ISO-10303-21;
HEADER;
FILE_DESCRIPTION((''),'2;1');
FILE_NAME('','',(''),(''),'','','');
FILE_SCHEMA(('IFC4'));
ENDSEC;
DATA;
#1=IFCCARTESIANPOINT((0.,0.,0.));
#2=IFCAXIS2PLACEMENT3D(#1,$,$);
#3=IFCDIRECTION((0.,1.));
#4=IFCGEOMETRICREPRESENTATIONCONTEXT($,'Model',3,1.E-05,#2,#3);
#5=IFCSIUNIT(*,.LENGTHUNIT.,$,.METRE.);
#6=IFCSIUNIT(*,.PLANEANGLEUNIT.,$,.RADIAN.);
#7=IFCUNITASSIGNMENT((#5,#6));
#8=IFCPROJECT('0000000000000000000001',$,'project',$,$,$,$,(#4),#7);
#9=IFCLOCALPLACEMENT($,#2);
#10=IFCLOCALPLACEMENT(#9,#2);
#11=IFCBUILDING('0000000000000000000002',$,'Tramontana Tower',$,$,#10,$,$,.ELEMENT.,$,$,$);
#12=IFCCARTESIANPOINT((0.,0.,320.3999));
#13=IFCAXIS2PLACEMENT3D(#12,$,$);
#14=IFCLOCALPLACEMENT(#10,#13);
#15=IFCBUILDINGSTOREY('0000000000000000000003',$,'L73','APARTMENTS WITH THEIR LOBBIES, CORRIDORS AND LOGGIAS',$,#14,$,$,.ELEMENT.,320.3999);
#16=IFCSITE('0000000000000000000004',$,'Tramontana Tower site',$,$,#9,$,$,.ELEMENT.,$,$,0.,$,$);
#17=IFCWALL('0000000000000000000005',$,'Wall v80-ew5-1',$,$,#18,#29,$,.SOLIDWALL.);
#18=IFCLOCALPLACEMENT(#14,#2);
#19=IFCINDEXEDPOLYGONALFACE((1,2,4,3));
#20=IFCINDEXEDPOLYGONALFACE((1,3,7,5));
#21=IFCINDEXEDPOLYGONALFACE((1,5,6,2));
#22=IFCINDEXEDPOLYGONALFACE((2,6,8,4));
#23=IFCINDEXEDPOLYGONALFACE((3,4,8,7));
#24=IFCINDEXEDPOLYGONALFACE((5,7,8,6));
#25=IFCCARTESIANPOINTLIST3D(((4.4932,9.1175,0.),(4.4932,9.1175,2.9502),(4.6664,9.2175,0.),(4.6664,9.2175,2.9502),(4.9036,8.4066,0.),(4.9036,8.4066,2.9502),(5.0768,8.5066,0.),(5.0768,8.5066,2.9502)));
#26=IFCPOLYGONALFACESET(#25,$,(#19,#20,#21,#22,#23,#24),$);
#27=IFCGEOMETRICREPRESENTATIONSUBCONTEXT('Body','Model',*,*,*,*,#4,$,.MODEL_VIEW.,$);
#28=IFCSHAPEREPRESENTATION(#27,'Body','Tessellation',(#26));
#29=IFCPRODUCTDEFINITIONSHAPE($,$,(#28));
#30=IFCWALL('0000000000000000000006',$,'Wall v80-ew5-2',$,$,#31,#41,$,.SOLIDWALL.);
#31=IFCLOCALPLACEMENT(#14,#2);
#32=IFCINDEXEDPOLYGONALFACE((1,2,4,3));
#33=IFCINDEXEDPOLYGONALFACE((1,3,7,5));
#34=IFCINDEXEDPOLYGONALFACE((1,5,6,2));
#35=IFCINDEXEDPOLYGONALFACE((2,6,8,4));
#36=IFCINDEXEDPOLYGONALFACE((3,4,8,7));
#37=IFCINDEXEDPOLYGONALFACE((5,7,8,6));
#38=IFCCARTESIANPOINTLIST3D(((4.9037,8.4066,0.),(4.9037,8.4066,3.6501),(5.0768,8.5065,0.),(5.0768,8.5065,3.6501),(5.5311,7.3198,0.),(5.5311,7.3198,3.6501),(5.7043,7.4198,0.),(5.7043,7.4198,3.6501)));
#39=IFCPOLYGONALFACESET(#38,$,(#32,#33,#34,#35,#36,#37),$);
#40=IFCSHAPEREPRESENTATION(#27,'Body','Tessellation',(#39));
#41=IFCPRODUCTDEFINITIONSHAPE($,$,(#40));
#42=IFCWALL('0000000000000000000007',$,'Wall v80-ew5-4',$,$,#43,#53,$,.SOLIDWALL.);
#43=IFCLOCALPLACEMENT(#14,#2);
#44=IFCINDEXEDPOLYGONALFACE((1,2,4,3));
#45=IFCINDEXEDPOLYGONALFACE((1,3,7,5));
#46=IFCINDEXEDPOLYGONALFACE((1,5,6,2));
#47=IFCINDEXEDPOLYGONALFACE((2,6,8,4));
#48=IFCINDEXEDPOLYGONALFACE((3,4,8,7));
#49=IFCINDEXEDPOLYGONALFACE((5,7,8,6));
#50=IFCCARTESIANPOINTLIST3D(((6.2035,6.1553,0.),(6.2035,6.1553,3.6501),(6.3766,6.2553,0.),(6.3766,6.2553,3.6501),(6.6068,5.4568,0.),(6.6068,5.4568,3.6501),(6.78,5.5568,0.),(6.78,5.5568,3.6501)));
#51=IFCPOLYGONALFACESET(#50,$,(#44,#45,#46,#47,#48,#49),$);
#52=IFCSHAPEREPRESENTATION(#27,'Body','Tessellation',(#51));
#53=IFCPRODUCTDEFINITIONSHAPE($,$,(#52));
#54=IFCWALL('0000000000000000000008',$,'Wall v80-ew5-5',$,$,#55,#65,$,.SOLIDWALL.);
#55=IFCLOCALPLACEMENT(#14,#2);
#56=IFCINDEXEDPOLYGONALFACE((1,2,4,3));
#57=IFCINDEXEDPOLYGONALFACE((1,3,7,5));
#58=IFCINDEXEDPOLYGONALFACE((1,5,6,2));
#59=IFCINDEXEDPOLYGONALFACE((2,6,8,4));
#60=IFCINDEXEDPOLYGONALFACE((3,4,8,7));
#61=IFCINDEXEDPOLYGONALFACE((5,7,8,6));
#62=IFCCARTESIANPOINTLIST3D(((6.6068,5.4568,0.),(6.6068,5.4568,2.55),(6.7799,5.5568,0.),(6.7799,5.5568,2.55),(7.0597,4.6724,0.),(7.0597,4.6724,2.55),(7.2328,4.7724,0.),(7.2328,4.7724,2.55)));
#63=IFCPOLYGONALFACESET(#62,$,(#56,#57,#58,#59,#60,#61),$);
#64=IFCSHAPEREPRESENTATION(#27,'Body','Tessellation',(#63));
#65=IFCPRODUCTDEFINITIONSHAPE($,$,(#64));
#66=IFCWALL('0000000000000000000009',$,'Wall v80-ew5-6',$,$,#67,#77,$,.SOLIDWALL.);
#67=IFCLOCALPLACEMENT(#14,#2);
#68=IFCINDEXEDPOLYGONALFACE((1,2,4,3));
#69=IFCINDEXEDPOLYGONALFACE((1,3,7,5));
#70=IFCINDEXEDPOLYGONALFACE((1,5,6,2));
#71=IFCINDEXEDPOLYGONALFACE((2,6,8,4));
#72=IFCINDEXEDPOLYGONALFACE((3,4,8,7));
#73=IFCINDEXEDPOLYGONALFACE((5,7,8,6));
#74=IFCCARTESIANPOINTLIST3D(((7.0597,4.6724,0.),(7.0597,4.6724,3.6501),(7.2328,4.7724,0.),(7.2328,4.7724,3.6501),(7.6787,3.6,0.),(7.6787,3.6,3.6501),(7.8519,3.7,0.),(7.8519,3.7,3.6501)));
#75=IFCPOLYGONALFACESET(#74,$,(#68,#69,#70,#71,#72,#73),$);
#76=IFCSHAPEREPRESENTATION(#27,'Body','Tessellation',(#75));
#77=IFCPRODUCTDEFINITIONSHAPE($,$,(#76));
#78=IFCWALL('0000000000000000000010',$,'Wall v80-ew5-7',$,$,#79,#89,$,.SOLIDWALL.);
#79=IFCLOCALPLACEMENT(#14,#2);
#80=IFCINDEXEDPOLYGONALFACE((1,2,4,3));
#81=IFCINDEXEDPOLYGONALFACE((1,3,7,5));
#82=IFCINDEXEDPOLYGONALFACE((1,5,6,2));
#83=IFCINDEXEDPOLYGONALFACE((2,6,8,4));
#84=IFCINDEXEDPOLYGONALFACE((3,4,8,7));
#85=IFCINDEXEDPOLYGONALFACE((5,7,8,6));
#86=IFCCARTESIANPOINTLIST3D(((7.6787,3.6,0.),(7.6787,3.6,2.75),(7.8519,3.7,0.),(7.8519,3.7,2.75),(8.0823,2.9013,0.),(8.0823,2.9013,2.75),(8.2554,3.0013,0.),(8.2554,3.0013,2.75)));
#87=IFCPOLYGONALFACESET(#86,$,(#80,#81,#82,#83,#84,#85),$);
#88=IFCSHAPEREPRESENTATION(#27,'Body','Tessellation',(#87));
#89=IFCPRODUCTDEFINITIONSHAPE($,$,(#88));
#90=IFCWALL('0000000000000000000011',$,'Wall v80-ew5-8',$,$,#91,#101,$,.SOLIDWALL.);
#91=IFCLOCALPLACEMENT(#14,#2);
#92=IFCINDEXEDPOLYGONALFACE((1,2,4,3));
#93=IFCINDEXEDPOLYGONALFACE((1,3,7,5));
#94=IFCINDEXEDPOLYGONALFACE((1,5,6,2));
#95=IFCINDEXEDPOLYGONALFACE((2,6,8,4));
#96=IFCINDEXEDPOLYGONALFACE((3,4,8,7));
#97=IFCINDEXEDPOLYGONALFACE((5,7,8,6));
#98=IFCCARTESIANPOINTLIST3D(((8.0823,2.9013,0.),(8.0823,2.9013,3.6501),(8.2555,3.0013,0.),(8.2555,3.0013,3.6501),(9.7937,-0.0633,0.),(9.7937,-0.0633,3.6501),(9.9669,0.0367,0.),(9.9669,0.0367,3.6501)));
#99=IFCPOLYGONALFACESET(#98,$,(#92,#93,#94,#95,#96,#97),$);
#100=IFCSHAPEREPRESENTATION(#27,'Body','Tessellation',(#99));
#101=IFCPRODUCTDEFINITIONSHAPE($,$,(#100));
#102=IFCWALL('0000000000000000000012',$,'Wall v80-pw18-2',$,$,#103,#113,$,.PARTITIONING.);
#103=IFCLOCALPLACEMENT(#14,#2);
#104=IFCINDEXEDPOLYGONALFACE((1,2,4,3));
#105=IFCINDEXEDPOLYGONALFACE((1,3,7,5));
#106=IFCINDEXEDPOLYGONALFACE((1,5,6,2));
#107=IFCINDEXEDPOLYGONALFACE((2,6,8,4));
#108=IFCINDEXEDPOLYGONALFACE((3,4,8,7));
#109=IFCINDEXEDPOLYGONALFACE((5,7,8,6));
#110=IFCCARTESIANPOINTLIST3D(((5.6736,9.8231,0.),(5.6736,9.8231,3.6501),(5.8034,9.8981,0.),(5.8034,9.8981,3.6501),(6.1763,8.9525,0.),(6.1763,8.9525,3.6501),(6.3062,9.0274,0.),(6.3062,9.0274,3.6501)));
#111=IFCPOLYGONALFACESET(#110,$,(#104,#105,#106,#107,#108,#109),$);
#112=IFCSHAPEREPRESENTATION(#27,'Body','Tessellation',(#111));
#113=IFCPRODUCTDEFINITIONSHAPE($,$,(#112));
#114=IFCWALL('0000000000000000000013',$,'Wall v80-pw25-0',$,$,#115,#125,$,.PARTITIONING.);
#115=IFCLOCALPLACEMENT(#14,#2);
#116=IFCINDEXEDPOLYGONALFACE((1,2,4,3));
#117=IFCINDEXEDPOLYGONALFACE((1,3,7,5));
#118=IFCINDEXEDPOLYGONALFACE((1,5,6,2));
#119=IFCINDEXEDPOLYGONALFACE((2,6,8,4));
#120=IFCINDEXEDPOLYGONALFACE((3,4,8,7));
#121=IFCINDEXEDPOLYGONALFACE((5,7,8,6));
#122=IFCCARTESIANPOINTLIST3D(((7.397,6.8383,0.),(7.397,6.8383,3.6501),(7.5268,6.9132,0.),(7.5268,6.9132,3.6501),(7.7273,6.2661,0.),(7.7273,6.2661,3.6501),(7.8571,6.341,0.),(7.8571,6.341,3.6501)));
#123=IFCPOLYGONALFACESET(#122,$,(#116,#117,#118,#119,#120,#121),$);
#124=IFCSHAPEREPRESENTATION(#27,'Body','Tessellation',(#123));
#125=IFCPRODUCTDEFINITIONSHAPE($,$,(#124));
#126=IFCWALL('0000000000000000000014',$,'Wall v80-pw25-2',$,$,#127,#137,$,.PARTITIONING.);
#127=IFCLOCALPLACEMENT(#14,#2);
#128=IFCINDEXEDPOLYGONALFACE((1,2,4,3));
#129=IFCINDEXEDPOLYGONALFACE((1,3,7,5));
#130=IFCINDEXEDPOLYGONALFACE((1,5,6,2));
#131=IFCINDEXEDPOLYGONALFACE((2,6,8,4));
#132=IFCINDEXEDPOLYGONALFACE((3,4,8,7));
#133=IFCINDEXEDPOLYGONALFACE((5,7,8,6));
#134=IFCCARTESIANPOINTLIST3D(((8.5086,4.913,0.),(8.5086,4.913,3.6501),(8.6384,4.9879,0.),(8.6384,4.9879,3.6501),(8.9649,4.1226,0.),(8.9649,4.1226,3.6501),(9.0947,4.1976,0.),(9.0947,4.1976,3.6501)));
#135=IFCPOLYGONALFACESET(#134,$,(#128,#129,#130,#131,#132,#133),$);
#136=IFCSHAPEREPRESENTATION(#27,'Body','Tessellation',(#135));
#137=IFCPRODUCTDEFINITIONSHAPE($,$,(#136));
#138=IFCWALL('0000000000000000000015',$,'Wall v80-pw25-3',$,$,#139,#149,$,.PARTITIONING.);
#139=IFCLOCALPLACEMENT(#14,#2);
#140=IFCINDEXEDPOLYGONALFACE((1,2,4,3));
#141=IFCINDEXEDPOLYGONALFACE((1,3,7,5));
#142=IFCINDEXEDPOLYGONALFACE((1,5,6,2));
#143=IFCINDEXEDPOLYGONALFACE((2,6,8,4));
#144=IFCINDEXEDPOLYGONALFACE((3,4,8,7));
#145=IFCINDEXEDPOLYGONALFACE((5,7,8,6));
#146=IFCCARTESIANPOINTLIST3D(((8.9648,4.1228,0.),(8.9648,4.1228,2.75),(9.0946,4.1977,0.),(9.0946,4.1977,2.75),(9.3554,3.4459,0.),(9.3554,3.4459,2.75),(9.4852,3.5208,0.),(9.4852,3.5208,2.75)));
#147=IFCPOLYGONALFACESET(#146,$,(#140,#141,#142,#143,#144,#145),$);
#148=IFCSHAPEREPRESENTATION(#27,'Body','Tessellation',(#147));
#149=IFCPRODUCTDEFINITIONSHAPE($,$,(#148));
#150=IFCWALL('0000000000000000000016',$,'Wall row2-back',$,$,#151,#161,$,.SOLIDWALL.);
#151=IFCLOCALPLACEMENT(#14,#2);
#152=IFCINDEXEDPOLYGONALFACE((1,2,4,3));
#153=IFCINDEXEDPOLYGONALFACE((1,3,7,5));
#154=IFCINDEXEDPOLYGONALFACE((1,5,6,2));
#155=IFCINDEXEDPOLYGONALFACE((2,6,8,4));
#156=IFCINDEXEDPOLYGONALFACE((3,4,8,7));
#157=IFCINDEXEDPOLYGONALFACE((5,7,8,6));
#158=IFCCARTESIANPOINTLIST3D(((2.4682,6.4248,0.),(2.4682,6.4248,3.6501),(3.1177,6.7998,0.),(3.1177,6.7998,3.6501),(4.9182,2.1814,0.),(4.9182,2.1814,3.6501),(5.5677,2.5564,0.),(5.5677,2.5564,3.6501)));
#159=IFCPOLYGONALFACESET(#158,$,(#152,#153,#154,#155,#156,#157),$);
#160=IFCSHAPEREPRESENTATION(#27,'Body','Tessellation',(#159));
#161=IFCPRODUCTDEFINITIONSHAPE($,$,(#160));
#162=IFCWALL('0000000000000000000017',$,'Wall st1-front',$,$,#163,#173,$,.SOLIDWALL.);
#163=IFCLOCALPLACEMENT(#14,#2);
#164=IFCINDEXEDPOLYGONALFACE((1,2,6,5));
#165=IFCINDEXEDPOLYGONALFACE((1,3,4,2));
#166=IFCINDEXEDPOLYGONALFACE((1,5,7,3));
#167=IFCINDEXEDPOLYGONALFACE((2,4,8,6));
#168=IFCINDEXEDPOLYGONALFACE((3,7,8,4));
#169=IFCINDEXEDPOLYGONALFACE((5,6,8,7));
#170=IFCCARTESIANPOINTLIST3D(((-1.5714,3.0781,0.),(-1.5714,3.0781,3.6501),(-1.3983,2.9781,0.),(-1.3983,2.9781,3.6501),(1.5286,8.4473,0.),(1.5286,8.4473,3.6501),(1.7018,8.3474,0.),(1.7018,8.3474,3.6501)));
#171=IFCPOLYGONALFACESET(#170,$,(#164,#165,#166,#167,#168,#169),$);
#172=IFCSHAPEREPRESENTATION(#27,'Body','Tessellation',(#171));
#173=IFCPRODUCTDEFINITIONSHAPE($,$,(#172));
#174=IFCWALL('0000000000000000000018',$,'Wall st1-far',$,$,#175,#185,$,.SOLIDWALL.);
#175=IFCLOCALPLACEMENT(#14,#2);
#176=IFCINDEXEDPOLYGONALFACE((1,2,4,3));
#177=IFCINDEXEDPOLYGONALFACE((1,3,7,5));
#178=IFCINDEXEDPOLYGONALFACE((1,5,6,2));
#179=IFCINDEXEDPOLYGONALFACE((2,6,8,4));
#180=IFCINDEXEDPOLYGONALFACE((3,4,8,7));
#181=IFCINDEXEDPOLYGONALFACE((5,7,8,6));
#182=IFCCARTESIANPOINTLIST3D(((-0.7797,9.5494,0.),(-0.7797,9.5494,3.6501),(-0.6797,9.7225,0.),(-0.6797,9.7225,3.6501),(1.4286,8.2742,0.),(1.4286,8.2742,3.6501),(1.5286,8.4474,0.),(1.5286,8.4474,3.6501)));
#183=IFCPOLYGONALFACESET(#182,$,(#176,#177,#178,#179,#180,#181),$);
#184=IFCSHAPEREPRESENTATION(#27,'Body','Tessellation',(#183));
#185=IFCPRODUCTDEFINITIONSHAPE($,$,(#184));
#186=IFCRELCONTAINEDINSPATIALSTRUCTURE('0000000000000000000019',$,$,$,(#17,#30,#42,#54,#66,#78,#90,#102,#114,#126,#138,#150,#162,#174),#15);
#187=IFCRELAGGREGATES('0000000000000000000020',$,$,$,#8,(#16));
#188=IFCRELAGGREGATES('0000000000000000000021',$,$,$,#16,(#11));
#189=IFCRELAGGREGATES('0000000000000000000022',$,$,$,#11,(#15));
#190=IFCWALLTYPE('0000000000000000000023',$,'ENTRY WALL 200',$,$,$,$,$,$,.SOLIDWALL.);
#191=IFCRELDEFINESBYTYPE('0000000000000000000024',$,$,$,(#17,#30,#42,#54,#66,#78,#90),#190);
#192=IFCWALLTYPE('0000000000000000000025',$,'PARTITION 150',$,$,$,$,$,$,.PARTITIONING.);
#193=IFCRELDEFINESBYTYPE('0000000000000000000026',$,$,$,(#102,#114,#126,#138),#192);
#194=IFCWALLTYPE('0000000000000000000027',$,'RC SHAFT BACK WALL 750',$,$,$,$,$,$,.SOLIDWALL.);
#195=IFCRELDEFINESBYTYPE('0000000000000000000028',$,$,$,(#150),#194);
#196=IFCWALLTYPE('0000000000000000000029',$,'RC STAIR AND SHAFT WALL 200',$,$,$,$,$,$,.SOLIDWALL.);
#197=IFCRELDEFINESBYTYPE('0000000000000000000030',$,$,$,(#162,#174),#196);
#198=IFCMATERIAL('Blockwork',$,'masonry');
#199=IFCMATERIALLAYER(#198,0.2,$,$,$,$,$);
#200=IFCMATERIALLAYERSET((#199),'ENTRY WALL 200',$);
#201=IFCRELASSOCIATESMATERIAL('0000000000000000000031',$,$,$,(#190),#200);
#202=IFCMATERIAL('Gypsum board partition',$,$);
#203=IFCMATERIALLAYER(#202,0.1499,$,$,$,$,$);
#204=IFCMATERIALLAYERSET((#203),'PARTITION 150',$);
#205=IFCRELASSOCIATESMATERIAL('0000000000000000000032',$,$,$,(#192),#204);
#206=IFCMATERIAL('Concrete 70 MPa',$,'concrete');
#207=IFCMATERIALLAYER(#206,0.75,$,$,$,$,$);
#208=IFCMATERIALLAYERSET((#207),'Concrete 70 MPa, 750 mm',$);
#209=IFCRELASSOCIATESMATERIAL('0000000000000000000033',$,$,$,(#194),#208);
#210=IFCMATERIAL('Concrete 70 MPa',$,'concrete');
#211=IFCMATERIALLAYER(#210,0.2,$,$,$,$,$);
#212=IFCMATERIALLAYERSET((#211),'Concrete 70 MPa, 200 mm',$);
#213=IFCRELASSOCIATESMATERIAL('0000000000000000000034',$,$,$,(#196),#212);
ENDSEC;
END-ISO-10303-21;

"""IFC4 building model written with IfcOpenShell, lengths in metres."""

from ifc_helpers import new_model, si_unit, direction, frame, frame_2d, origin, place, context, subcontext, project, spatial, rectangle, extrude, material, layer, layer_set, type_object, element, save


model = new_model("IFC4")

# Units and contexts
model_context = context("Model", 3, precision=1e-05, world=origin(), true_north=direction((0.0, 1.0)))
body_context = subcontext(model_context, "Body", "Model", "MODEL_VIEW")
ifc_project = project(units=[si_unit("LENGTHUNIT", "METRE"), si_unit("PLANEANGLEUNIT", "RADIAN")], contexts=[model_context])

# Site, building, storey
site_placement = place(None, origin())
site = spatial("IfcSite", under=ifc_project, at=site_placement, Name="Tramontana Tower site", CompositionType="ELEMENT", RefElevation=0.0)
building_placement = place(site_placement, origin())
building = spatial("IfcBuilding", under=site, at=building_placement, Name="Tramontana Tower", CompositionType="ELEMENT")
storey_placement = place(building_placement, frame((0.0, 0.0, 320.3999)))
storey = spatial("IfcBuildingStorey", under=building, at=storey_placement, Name="L73", Description="APARTMENTS WITH THEIR LOBBIES, CORRIDORS AND LOGGIAS", CompositionType="ELEMENT", Elevation=320.3999)

# Walls
ifc_material_1 = material(Name="Blockwork", Category="masonry")
ifc_layer_1 = layer(ifc_material_1, 0.2)
ifc_layer_set_1 = layer_set([ifc_layer_1], Name="ENTRY WALL 200")
wall_type_1 = type_object("IfcWallType", Name="ENTRY WALL 200", PredefinedType="SOLIDWALL", material=ifc_layer_set_1)
wall_1_placement = place(storey_placement, frame((4.5798, 9.1675, 0.0), z_axis=(0.0, 0.0, 1.0), x_axis=(0.499946, -0.866057, 0.0)))
element("IfcWall", 1, at=wall_1_placement, inside=storey, type_object=wall_type_1, Name="Wall v80-ew5-1", PredefinedType="SOLIDWALL", context=body_context, shape_type="SweptSolid", body=[
    extrude(rectangle(XDim=0.8208, YDim=0.2, at=frame_2d((0.4104, 0.0))), origin(), (0.0, 0.0, 1.0), 2.9502),
])
wall_2_placement = place(storey_placement, frame((4.9902, 8.4565, 0.0), z_axis=(0.0, 0.0, 1.0), x_axis=(0.500031, -0.866007, 0.0)))
element("IfcWall", 2, at=wall_2_placement, inside=storey, type_object=wall_type_1, Name="Wall v80-ew5-2", PredefinedType="SOLIDWALL", context=body_context, shape_type="SweptSolid", body=[
    extrude(rectangle(XDim=1.2549, YDim=0.2, at=frame_2d((0.6274, 0.0))), origin(), (0.0, 0.0, 1.0), 3.6501),
])

# Walls
wall_3_placement = place(storey_placement, frame((6.29, 6.2053, 0.0), z_axis=(0.0, 0.0, 1.0), x_axis=(0.500046, -0.865999, 0.0)))
element("IfcWall", 3, at=wall_3_placement, inside=storey, type_object=wall_type_1, Name="Wall v80-ew5-4", PredefinedType="SOLIDWALL", context=body_context, shape_type="SweptSolid", body=[
    extrude(rectangle(XDim=0.8066, YDim=0.2, at=frame_2d((0.4033, 0.0))), origin(), (0.0, 0.0, 1.0), 3.6501),
])
wall_4_placement = place(storey_placement, frame((6.6934, 5.5068, 0.0), z_axis=(0.0, 0.0, 1.0), x_axis=(0.499995, -0.866028, 0.0)))
element("IfcWall", 4, at=wall_4_placement, inside=storey, type_object=wall_type_1, Name="Wall v80-ew5-5", PredefinedType="SOLIDWALL", context=body_context, shape_type="SweptSolid", body=[
    extrude(rectangle(XDim=0.9058, YDim=0.2, at=frame_2d((0.4529, 0.0))), origin(), (0.0, 0.0, 1.0), 2.55),
])
wall_5_placement = place(storey_placement, frame((7.1462, 4.7224, 0.0), z_axis=(0.0, 0.0, 1.0), x_axis=(0.499956, -0.866051, 0.0)))
element("IfcWall", 5, at=wall_5_placement, inside=storey, type_object=wall_type_1, Name="Wall v80-ew5-6", PredefinedType="SOLIDWALL", context=body_context, shape_type="SweptSolid", body=[
    extrude(rectangle(XDim=1.2383, YDim=0.2, at=frame_2d((0.6191, 0.0))), origin(), (0.0, 0.0, 1.0), 3.6501),
])
wall_6_placement = place(storey_placement, frame((7.7654, 3.6499, 0.0), z_axis=(0.0, 0.0, 1.0), x_axis=(0.500141, -0.865944, 0.0)))
element("IfcWall", 6, at=wall_6_placement, inside=storey, type_object=wall_type_1, Name="Wall v80-ew5-7", PredefinedType="SOLIDWALL", context=body_context, shape_type="SweptSolid", body=[
    extrude(rectangle(XDim=0.8069, YDim=0.2, at=frame_2d((0.4033, 0.0))), origin(), (0.0, 0.0, 1.0), 2.75),
])
wall_7_placement = place(storey_placement, frame((8.1689, 2.9512, 0.0), z_axis=(0.0, 0.0, 1.0), x_axis=(0.499959, -0.866049, 0.0)))
element("IfcWall", 7, at=wall_7_placement, inside=storey, type_object=wall_type_1, Name="Wall v80-ew5-8", PredefinedType="SOLIDWALL", context=body_context, shape_type="SweptSolid", body=[
    extrude(rectangle(XDim=3.4231, YDim=0.2, at=frame_2d((1.7114, 0.0))), origin(), (0.0, 0.0, 1.0), 3.6501),
])
ifc_material_2 = material(Name="Gypsum board partition")
ifc_layer_2 = layer(ifc_material_2, 0.1499)
ifc_layer_set_2 = layer_set([ifc_layer_2], Name="PARTITION 150")
wall_type_2 = type_object("IfcWallType", Name="PARTITION 150", PredefinedType="PARTITIONING", material=ifc_layer_set_2)
wall_8_placement = place(storey_placement, frame((5.7385, 9.8606, 0.0), z_axis=(0.0, 0.0, 1.0), x_axis=(0.500031, -0.866008, 0.0)))
element("IfcWall", 8, at=wall_8_placement, inside=storey, type_object=wall_type_2, Name="Wall v80-pw18-2", PredefinedType="PARTITIONING", context=body_context, shape_type="SweptSolid", body=[
    extrude(rectangle(XDim=1.0054, YDim=0.1499, at=frame_2d((0.5027, 0.0))), origin(), (0.0, 0.0, 1.0), 3.6501),
])

# Wall
wall_9_placement = place(storey_placement, frame((7.4619, 6.8757, 0.0), z_axis=(0.0, 0.0, 1.0), x_axis=(0.499914, -0.866075, 0.0)))
element("IfcWall", 9, at=wall_9_placement, inside=storey, type_object=wall_type_2, Name="Wall v80-pw25-0", PredefinedType="PARTITIONING", context=body_context, shape_type="SweptSolid", body=[
    extrude(rectangle(XDim=0.6606, YDim=0.1499, at=frame_2d((0.3303, 0.0))), origin(), (0.0, 0.0, 1.0), 3.6501),
])

# Walls
wall_10_placement = place(storey_placement, frame((8.5735, 4.9504, 0.0), z_axis=(0.0, 0.0, 1.0), x_axis=(0.500024, -0.866012, 0.0)))
element("IfcWall", 10, at=wall_10_placement, inside=storey, type_object=wall_type_2, Name="Wall v80-pw25-2", PredefinedType="PARTITIONING", context=body_context, shape_type="SweptSolid", body=[
    extrude(rectangle(XDim=0.9126, YDim=0.1499, at=frame_2d((0.4563, 0.0))), origin(), (0.0, 0.0, 1.0), 3.6501),
])
wall_11_placement = place(storey_placement, frame((9.0298, 4.1602, 0.0), z_axis=(0.0, 0.0, 1.0), x_axis=(0.499768, -0.86616, 0.0)))
element("IfcWall", 11, at=wall_11_placement, inside=storey, type_object=wall_type_2, Name="Wall v80-pw25-3", PredefinedType="PARTITIONING", context=body_context, shape_type="SweptSolid", body=[
    extrude(rectangle(XDim=0.7815, YDim=0.1499, at=frame_2d((0.3906, 0.0))), origin(), (0.0, 0.0, 1.0), 2.75),
])
ifc_material_3 = material(Name="Concrete 70 MPa", Category="concrete")
ifc_layer_3 = layer(ifc_material_3, 0.75)
ifc_layer_set_3 = layer_set([ifc_layer_3], Name="Concrete 70 MPa, 750 mm")
wall_type_3 = type_object("IfcWallType", Name="RC SHAFT BACK WALL 750", PredefinedType="SOLIDWALL", material=ifc_layer_set_3)
wall_12_placement = place(storey_placement, frame((5.2429, 2.3689, 0.0), z_axis=(0.0, 0.0, 1.0), x_axis=(-0.500003, 0.866024, 0.0)))
element("IfcWall", 12, at=wall_12_placement, inside=storey, type_object=wall_type_3, Name="Wall row2-back", PredefinedType="SOLIDWALL", context=body_context, shape_type="SweptSolid", body=[
    extrude(rectangle(XDim=4.8999, YDim=0.75, at=frame_2d((2.45, 0.0))), origin(), (0.0, 0.0, 1.0), 3.6501),
])
ifc_material_4 = material(Name="Concrete 70 MPa", Category="concrete")
ifc_layer_4 = layer(ifc_material_4, 0.2)
ifc_layer_set_4 = layer_set([ifc_layer_4], Name="Concrete 70 MPa, 200 mm")
wall_type_4 = type_object("IfcWallType", Name="RC STAIR AND SHAFT WALL 200", PredefinedType="SOLIDWALL", material=ifc_layer_set_4)
wall_13_placement = place(storey_placement, frame((1.6152, 8.3975, 0.0), z_axis=(0.0, 0.0, 1.0), x_axis=(-0.50001, -0.86602, 0.0)))
element("IfcWall", 13, at=wall_13_placement, inside=storey, type_object=wall_type_4, Name="Wall st1-front", PredefinedType="SOLIDWALL", context=body_context, shape_type="SweptSolid", body=[
    extrude(rectangle(XDim=6.2, YDim=0.2, at=frame_2d((3.1001, 0.0))), origin(), (0.0, 0.0, 1.0), 3.6501),
])
wall_14_placement = place(storey_placement, frame((1.4785, 8.3608, 0.0), z_axis=(0.0, 0.0, 1.0), x_axis=(-0.865989, 0.500062, 0.0)))
element("IfcWall", 14, at=wall_14_placement, inside=storey, type_object=wall_type_4, Name="Wall st1-far", PredefinedType="SOLIDWALL", context=body_context, shape_type="SweptSolid", body=[
    extrude(rectangle(XDim=2.55, YDim=0.2, at=frame_2d((1.2749, 0.0))), origin(), (0.0, 0.0, 1.0), 3.6501),
])

save(model, "model.ifc")
